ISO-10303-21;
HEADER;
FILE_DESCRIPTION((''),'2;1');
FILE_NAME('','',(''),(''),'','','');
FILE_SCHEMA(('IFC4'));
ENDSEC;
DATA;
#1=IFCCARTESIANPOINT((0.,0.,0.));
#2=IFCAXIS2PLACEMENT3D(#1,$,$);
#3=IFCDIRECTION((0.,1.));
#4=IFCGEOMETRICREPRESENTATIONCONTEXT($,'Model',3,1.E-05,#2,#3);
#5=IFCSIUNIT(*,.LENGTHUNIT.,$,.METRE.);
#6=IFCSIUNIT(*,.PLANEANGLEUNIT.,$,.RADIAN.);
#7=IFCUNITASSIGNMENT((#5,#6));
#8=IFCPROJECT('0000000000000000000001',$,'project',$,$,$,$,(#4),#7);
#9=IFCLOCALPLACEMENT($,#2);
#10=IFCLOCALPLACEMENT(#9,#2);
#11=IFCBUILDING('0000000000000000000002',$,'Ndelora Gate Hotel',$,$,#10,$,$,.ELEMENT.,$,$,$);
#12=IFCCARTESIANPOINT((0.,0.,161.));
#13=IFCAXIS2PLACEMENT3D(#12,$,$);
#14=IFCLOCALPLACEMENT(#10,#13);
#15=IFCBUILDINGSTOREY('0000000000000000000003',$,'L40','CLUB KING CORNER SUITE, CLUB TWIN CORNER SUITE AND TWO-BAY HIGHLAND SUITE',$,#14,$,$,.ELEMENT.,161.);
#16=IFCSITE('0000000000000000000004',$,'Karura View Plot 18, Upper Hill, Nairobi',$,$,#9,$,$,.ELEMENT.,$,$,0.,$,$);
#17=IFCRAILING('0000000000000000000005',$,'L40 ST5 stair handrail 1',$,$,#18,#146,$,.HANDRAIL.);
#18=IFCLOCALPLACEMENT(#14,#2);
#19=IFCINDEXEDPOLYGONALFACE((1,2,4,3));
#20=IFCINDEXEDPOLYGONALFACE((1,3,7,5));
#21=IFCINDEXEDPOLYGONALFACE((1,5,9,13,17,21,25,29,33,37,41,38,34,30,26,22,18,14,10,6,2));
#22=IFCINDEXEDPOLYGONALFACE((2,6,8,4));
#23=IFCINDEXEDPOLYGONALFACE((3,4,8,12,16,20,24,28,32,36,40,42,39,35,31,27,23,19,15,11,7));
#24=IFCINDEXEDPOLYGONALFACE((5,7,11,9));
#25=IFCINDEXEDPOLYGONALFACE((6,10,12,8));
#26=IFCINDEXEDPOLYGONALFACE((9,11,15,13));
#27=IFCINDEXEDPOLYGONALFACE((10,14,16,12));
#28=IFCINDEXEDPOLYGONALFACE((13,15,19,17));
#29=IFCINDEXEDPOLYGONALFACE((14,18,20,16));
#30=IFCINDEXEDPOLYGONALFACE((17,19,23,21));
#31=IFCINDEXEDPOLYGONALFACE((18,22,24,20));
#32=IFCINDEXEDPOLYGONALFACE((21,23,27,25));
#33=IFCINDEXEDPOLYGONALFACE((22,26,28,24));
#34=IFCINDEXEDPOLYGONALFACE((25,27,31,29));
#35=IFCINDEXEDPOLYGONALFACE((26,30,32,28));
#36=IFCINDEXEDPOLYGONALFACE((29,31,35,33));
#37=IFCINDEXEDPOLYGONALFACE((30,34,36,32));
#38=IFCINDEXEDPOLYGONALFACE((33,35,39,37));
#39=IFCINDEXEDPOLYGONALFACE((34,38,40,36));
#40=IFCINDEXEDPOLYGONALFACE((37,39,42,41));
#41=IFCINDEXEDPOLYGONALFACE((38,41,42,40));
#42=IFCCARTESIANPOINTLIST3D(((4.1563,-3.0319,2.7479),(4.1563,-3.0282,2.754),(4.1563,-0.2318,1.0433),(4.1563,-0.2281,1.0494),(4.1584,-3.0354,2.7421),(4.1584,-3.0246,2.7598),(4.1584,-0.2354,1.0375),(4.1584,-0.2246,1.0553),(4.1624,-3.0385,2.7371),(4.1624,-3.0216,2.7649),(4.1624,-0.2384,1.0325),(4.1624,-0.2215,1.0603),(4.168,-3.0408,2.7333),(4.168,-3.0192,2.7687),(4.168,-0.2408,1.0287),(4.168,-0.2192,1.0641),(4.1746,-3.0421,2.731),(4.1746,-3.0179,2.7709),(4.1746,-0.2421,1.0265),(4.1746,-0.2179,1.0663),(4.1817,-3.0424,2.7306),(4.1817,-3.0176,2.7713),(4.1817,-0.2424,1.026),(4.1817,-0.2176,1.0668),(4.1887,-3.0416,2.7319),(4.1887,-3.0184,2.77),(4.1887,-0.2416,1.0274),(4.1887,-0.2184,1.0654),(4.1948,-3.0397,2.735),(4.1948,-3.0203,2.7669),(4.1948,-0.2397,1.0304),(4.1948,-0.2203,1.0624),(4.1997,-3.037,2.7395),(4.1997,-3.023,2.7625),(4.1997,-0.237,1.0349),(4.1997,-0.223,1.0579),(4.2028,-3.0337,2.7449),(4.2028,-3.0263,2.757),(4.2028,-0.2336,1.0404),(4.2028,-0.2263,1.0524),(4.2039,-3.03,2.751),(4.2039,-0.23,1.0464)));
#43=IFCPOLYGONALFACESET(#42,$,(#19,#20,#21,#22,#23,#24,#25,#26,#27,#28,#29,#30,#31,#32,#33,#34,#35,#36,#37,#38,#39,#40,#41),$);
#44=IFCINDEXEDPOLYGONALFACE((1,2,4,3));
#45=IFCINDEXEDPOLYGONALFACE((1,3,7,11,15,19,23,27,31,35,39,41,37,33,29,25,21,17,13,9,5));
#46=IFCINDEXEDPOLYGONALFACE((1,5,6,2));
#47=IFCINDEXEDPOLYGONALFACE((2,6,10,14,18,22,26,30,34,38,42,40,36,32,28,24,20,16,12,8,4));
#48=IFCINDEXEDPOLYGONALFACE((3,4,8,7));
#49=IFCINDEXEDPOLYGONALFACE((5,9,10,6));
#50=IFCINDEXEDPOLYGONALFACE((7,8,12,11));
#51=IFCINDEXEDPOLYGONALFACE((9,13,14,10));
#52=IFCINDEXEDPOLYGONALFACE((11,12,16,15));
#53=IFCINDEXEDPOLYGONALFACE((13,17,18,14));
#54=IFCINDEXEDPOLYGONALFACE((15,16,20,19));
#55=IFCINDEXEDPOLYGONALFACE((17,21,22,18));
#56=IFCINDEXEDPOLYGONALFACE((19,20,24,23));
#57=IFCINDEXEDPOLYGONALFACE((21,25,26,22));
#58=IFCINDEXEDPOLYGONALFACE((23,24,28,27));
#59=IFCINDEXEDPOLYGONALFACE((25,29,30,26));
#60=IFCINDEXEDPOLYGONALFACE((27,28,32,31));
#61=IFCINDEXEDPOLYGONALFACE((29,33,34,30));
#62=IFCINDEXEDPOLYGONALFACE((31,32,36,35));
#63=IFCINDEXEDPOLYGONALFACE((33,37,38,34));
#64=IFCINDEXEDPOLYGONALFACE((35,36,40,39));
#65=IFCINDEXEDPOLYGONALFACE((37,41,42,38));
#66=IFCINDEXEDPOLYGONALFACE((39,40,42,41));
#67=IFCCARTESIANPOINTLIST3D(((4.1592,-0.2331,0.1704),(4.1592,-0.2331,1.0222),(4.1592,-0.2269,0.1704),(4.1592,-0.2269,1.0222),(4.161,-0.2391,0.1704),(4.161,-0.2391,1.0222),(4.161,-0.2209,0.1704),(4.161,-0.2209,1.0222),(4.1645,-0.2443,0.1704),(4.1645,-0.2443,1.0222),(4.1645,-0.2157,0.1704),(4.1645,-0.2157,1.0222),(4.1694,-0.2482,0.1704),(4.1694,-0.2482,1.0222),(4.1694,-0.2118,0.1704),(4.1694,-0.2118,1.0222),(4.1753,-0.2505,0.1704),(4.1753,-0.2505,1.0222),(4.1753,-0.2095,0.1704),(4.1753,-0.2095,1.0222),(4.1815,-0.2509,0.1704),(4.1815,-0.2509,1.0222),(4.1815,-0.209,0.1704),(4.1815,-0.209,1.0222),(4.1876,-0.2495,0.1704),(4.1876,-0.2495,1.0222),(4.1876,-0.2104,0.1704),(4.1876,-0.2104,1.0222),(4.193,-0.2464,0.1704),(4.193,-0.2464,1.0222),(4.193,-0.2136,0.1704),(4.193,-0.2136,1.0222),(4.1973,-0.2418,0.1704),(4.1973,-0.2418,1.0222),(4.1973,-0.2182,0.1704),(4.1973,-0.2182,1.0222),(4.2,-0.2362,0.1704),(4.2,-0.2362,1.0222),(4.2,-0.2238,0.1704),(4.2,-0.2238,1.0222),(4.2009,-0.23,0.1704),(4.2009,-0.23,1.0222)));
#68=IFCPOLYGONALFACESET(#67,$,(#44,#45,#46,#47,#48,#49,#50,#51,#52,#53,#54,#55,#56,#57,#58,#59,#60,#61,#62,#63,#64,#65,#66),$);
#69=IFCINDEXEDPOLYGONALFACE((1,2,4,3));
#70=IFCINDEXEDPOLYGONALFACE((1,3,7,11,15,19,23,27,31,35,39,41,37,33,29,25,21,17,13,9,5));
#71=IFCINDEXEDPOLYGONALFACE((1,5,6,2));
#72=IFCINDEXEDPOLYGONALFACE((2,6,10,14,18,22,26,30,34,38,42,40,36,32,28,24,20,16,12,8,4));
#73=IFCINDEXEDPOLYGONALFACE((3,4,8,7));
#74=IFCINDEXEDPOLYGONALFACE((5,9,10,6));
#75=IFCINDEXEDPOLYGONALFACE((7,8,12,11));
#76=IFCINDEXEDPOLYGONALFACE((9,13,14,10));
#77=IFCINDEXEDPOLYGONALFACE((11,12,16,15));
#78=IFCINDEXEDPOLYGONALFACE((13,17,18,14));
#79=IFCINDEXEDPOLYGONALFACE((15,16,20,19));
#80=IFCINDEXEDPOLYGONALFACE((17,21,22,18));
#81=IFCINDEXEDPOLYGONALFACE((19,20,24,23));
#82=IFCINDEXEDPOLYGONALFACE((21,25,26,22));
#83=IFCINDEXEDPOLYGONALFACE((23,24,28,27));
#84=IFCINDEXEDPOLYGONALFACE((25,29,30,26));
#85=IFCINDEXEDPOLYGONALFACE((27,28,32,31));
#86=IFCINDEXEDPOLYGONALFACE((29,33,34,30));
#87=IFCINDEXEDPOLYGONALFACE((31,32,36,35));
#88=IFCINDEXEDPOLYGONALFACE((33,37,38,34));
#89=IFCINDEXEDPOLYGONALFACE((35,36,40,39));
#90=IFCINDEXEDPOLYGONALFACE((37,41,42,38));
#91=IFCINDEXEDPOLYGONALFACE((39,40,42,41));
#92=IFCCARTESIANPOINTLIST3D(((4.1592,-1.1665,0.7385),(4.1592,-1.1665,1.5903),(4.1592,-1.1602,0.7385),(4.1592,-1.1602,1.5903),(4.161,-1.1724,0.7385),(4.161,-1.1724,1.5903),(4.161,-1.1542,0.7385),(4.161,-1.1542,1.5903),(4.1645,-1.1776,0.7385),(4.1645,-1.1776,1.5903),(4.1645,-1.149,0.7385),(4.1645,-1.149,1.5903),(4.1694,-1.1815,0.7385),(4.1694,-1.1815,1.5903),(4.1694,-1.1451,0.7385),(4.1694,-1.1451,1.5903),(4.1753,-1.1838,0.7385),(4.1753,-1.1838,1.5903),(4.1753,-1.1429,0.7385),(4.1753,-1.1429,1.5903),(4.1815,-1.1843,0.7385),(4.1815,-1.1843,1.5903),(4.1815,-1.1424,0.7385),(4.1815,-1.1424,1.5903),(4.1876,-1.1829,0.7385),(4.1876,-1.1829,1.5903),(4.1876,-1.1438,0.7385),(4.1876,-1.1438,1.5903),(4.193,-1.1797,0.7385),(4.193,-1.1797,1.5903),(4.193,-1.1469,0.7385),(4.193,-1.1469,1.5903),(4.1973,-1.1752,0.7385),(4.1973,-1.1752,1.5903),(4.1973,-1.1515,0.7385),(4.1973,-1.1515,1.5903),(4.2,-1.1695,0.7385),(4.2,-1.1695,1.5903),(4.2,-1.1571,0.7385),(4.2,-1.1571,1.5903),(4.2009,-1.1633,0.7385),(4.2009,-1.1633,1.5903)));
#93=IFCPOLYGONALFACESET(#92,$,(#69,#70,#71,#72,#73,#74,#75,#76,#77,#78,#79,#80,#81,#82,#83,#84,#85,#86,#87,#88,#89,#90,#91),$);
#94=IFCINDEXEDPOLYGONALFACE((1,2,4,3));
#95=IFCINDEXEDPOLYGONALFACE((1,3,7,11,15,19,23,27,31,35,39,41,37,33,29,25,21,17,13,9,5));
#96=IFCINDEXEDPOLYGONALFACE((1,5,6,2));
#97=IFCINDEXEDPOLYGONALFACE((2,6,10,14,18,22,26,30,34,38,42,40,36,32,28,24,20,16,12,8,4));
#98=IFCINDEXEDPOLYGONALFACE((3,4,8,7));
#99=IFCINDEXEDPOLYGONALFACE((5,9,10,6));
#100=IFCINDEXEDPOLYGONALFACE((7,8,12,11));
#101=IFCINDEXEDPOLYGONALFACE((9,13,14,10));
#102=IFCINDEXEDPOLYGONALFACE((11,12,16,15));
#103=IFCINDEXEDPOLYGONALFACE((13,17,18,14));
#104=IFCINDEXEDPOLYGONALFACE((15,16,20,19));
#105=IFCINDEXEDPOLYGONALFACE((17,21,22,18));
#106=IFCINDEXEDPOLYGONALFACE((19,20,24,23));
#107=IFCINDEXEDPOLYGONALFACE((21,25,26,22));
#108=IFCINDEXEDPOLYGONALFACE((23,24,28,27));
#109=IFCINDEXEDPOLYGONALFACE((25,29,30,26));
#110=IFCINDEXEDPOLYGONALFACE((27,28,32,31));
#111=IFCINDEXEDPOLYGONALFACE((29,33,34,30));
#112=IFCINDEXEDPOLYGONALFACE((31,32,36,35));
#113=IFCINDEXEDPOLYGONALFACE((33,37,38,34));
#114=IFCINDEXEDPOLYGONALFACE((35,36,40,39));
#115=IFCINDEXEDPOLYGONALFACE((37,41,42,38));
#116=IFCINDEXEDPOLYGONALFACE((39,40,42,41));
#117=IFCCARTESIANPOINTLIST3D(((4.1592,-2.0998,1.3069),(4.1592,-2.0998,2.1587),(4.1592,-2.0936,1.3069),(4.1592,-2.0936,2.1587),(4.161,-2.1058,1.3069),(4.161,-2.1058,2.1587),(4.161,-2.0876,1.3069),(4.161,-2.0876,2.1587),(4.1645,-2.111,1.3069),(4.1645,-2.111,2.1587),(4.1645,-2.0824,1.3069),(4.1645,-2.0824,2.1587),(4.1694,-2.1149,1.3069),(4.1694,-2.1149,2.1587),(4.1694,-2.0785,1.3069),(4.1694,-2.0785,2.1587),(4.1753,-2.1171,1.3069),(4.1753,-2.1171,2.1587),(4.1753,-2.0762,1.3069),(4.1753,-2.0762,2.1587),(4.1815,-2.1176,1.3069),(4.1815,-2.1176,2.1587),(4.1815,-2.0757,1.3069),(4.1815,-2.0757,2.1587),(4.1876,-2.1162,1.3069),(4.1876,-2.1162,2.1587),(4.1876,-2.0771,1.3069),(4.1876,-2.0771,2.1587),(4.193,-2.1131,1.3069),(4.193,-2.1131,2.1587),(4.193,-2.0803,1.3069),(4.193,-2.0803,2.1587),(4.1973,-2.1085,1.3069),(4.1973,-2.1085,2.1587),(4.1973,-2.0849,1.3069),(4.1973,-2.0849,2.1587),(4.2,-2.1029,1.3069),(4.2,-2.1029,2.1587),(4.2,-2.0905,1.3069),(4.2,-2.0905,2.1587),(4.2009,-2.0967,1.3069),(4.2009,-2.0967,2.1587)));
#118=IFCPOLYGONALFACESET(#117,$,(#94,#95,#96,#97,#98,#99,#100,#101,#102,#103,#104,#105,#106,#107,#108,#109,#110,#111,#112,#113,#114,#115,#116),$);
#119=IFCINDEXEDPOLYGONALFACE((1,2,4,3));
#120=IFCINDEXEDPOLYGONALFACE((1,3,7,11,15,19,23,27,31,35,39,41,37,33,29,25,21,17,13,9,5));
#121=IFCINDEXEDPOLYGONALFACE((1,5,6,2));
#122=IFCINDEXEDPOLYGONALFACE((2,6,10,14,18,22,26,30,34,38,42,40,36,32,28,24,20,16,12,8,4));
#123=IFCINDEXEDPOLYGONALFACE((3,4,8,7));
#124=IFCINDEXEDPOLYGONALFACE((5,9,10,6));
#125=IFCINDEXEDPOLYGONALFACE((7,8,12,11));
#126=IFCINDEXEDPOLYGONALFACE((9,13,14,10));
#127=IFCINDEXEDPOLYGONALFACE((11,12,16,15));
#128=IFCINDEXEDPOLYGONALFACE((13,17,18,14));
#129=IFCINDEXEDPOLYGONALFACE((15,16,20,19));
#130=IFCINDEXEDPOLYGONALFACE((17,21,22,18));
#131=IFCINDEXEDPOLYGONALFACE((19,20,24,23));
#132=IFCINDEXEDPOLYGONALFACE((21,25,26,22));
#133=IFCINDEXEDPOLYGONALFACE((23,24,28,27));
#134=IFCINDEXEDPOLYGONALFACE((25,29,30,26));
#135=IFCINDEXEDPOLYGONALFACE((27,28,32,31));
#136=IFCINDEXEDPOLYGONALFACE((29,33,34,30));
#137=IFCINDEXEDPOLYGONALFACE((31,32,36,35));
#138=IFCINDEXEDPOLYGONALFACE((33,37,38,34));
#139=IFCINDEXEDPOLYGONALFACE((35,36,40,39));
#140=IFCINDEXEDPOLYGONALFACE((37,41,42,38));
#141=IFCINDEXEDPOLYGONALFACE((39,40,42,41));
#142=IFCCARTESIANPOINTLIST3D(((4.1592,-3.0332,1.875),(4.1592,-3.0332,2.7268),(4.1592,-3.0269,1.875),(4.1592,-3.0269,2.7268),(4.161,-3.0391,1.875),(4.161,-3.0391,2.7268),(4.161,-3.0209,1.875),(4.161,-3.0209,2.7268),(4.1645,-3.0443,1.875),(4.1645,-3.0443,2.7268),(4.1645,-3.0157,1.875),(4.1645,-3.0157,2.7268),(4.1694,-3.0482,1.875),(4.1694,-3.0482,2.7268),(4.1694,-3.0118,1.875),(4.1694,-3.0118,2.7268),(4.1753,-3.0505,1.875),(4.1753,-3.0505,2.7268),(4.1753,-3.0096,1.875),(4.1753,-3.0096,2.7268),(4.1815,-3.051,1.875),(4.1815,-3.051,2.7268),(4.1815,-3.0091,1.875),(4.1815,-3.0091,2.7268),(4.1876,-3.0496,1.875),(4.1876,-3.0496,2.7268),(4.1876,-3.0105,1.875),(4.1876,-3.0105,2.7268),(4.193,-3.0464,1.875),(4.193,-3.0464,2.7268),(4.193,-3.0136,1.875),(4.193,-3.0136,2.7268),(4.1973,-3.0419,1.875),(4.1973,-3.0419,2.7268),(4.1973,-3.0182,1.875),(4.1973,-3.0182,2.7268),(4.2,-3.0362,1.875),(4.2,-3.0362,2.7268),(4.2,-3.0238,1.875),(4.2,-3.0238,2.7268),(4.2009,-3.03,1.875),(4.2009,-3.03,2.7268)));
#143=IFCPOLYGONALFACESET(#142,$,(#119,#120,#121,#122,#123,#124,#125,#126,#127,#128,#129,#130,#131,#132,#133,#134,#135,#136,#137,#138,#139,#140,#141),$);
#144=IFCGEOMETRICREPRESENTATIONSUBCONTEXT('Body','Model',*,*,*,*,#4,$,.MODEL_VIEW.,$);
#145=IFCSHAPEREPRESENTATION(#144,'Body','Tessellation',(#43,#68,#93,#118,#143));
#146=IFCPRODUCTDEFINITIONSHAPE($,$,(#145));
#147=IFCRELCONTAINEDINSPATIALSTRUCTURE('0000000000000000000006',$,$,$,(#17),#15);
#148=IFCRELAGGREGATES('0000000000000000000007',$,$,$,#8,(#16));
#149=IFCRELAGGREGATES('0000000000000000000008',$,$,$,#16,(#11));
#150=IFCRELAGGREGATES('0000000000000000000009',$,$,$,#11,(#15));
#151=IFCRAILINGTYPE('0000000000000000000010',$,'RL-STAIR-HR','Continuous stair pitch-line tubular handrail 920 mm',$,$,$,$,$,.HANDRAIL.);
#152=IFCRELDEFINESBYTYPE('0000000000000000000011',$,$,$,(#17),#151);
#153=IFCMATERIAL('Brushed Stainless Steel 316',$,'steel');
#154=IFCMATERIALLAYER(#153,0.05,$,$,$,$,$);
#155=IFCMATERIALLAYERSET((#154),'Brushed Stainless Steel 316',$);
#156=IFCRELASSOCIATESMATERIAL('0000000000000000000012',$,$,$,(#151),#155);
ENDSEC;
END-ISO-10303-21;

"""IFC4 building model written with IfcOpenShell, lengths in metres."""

from ifc_helpers import new_model, si_unit, direction, frame, origin, origin_2d, place, context, subcontext, project, spatial, circle, extrude, material, layer, layer_set, type_object, element, save


model = new_model("IFC4")

# Units and contexts
model_context = context("Model", 3, precision=1e-05, world=origin(), true_north=direction((0.0, 1.0)))
body_context = subcontext(model_context, "Body", "Model", "MODEL_VIEW")
ifc_project = project(units=[si_unit("LENGTHUNIT", "METRE"), si_unit("PLANEANGLEUNIT", "RADIAN")], contexts=[model_context])

# Site, building, storey
site_placement = place(None, origin())
site = spatial("IfcSite", under=ifc_project, at=site_placement, Name="Karura View Plot 18, Upper Hill, Nairobi", CompositionType="ELEMENT", RefElevation=0.0)
building_placement = place(site_placement, origin())
building = spatial("IfcBuilding", under=site, at=building_placement, Name="Ndelora Gate Hotel", CompositionType="ELEMENT")
storey_placement = place(building_placement, frame((0.0, 0.0, 161.0)))
storey = spatial("IfcBuildingStorey", under=building, at=storey_placement, Name="L40", Description="CLUB KING CORNER SUITE, CLUB TWIN CORNER SUITE AND TWO-BAY HIGHLAND SUITE", CompositionType="ELEMENT", Elevation=161.0)

# Railing
ifc_material_1 = material(Name="Brushed Stainless Steel 316", Category="steel")
ifc_layer_1 = layer(ifc_material_1, 0.05)
ifc_layer_set_1 = layer_set([ifc_layer_1], Name="Brushed Stainless Steel 316")
railing_type_1 = type_object("IfcRailingType", Name="RL-STAIR-HR", Description="Continuous stair pitch-line tubular handrail 920 mm", PredefinedType="HANDRAIL", material=ifc_layer_set_1)
railing_1_placement = place(storey_placement, frame((4.1799, -0.23, 0.1704)))
element("IfcRailing", 1, at=railing_1_placement, inside=storey, type_object=railing_type_1, Name="L40 ST5 stair handrail 1", PredefinedType="HANDRAIL", context=body_context, shape_type="SweptSolid", body=[
    extrude(circle(Radius=0.0239, at=origin_2d()), frame((0.0, 0.0, 0.876), z_axis=(0.0, -0.85417, 0.519994), x_axis=(1.0, 0.0, 0.0)), (0.0, 0.0, 1.0), 3.2781),
    extrude(circle(Radius=0.021, at=origin_2d()), origin(), (0.0, 0.0, 1.0), 0.8518),
    extrude(circle(Radius=0.021, at=origin_2d()), frame((0.0, -0.9333, 0.5681)), (0.0, 0.0, 1.0), 0.8518),
    extrude(circle(Radius=0.021, at=origin_2d()), frame((0.0, -1.8667, 1.1365)), (0.0, 0.0, 1.0), 0.8518),
    extrude(circle(Radius=0.021, at=origin_2d()), frame((0.0, -2.8, 1.7046)), (0.0, 0.0, 1.0), 0.8518),
])

save(model, "model.ifc")
